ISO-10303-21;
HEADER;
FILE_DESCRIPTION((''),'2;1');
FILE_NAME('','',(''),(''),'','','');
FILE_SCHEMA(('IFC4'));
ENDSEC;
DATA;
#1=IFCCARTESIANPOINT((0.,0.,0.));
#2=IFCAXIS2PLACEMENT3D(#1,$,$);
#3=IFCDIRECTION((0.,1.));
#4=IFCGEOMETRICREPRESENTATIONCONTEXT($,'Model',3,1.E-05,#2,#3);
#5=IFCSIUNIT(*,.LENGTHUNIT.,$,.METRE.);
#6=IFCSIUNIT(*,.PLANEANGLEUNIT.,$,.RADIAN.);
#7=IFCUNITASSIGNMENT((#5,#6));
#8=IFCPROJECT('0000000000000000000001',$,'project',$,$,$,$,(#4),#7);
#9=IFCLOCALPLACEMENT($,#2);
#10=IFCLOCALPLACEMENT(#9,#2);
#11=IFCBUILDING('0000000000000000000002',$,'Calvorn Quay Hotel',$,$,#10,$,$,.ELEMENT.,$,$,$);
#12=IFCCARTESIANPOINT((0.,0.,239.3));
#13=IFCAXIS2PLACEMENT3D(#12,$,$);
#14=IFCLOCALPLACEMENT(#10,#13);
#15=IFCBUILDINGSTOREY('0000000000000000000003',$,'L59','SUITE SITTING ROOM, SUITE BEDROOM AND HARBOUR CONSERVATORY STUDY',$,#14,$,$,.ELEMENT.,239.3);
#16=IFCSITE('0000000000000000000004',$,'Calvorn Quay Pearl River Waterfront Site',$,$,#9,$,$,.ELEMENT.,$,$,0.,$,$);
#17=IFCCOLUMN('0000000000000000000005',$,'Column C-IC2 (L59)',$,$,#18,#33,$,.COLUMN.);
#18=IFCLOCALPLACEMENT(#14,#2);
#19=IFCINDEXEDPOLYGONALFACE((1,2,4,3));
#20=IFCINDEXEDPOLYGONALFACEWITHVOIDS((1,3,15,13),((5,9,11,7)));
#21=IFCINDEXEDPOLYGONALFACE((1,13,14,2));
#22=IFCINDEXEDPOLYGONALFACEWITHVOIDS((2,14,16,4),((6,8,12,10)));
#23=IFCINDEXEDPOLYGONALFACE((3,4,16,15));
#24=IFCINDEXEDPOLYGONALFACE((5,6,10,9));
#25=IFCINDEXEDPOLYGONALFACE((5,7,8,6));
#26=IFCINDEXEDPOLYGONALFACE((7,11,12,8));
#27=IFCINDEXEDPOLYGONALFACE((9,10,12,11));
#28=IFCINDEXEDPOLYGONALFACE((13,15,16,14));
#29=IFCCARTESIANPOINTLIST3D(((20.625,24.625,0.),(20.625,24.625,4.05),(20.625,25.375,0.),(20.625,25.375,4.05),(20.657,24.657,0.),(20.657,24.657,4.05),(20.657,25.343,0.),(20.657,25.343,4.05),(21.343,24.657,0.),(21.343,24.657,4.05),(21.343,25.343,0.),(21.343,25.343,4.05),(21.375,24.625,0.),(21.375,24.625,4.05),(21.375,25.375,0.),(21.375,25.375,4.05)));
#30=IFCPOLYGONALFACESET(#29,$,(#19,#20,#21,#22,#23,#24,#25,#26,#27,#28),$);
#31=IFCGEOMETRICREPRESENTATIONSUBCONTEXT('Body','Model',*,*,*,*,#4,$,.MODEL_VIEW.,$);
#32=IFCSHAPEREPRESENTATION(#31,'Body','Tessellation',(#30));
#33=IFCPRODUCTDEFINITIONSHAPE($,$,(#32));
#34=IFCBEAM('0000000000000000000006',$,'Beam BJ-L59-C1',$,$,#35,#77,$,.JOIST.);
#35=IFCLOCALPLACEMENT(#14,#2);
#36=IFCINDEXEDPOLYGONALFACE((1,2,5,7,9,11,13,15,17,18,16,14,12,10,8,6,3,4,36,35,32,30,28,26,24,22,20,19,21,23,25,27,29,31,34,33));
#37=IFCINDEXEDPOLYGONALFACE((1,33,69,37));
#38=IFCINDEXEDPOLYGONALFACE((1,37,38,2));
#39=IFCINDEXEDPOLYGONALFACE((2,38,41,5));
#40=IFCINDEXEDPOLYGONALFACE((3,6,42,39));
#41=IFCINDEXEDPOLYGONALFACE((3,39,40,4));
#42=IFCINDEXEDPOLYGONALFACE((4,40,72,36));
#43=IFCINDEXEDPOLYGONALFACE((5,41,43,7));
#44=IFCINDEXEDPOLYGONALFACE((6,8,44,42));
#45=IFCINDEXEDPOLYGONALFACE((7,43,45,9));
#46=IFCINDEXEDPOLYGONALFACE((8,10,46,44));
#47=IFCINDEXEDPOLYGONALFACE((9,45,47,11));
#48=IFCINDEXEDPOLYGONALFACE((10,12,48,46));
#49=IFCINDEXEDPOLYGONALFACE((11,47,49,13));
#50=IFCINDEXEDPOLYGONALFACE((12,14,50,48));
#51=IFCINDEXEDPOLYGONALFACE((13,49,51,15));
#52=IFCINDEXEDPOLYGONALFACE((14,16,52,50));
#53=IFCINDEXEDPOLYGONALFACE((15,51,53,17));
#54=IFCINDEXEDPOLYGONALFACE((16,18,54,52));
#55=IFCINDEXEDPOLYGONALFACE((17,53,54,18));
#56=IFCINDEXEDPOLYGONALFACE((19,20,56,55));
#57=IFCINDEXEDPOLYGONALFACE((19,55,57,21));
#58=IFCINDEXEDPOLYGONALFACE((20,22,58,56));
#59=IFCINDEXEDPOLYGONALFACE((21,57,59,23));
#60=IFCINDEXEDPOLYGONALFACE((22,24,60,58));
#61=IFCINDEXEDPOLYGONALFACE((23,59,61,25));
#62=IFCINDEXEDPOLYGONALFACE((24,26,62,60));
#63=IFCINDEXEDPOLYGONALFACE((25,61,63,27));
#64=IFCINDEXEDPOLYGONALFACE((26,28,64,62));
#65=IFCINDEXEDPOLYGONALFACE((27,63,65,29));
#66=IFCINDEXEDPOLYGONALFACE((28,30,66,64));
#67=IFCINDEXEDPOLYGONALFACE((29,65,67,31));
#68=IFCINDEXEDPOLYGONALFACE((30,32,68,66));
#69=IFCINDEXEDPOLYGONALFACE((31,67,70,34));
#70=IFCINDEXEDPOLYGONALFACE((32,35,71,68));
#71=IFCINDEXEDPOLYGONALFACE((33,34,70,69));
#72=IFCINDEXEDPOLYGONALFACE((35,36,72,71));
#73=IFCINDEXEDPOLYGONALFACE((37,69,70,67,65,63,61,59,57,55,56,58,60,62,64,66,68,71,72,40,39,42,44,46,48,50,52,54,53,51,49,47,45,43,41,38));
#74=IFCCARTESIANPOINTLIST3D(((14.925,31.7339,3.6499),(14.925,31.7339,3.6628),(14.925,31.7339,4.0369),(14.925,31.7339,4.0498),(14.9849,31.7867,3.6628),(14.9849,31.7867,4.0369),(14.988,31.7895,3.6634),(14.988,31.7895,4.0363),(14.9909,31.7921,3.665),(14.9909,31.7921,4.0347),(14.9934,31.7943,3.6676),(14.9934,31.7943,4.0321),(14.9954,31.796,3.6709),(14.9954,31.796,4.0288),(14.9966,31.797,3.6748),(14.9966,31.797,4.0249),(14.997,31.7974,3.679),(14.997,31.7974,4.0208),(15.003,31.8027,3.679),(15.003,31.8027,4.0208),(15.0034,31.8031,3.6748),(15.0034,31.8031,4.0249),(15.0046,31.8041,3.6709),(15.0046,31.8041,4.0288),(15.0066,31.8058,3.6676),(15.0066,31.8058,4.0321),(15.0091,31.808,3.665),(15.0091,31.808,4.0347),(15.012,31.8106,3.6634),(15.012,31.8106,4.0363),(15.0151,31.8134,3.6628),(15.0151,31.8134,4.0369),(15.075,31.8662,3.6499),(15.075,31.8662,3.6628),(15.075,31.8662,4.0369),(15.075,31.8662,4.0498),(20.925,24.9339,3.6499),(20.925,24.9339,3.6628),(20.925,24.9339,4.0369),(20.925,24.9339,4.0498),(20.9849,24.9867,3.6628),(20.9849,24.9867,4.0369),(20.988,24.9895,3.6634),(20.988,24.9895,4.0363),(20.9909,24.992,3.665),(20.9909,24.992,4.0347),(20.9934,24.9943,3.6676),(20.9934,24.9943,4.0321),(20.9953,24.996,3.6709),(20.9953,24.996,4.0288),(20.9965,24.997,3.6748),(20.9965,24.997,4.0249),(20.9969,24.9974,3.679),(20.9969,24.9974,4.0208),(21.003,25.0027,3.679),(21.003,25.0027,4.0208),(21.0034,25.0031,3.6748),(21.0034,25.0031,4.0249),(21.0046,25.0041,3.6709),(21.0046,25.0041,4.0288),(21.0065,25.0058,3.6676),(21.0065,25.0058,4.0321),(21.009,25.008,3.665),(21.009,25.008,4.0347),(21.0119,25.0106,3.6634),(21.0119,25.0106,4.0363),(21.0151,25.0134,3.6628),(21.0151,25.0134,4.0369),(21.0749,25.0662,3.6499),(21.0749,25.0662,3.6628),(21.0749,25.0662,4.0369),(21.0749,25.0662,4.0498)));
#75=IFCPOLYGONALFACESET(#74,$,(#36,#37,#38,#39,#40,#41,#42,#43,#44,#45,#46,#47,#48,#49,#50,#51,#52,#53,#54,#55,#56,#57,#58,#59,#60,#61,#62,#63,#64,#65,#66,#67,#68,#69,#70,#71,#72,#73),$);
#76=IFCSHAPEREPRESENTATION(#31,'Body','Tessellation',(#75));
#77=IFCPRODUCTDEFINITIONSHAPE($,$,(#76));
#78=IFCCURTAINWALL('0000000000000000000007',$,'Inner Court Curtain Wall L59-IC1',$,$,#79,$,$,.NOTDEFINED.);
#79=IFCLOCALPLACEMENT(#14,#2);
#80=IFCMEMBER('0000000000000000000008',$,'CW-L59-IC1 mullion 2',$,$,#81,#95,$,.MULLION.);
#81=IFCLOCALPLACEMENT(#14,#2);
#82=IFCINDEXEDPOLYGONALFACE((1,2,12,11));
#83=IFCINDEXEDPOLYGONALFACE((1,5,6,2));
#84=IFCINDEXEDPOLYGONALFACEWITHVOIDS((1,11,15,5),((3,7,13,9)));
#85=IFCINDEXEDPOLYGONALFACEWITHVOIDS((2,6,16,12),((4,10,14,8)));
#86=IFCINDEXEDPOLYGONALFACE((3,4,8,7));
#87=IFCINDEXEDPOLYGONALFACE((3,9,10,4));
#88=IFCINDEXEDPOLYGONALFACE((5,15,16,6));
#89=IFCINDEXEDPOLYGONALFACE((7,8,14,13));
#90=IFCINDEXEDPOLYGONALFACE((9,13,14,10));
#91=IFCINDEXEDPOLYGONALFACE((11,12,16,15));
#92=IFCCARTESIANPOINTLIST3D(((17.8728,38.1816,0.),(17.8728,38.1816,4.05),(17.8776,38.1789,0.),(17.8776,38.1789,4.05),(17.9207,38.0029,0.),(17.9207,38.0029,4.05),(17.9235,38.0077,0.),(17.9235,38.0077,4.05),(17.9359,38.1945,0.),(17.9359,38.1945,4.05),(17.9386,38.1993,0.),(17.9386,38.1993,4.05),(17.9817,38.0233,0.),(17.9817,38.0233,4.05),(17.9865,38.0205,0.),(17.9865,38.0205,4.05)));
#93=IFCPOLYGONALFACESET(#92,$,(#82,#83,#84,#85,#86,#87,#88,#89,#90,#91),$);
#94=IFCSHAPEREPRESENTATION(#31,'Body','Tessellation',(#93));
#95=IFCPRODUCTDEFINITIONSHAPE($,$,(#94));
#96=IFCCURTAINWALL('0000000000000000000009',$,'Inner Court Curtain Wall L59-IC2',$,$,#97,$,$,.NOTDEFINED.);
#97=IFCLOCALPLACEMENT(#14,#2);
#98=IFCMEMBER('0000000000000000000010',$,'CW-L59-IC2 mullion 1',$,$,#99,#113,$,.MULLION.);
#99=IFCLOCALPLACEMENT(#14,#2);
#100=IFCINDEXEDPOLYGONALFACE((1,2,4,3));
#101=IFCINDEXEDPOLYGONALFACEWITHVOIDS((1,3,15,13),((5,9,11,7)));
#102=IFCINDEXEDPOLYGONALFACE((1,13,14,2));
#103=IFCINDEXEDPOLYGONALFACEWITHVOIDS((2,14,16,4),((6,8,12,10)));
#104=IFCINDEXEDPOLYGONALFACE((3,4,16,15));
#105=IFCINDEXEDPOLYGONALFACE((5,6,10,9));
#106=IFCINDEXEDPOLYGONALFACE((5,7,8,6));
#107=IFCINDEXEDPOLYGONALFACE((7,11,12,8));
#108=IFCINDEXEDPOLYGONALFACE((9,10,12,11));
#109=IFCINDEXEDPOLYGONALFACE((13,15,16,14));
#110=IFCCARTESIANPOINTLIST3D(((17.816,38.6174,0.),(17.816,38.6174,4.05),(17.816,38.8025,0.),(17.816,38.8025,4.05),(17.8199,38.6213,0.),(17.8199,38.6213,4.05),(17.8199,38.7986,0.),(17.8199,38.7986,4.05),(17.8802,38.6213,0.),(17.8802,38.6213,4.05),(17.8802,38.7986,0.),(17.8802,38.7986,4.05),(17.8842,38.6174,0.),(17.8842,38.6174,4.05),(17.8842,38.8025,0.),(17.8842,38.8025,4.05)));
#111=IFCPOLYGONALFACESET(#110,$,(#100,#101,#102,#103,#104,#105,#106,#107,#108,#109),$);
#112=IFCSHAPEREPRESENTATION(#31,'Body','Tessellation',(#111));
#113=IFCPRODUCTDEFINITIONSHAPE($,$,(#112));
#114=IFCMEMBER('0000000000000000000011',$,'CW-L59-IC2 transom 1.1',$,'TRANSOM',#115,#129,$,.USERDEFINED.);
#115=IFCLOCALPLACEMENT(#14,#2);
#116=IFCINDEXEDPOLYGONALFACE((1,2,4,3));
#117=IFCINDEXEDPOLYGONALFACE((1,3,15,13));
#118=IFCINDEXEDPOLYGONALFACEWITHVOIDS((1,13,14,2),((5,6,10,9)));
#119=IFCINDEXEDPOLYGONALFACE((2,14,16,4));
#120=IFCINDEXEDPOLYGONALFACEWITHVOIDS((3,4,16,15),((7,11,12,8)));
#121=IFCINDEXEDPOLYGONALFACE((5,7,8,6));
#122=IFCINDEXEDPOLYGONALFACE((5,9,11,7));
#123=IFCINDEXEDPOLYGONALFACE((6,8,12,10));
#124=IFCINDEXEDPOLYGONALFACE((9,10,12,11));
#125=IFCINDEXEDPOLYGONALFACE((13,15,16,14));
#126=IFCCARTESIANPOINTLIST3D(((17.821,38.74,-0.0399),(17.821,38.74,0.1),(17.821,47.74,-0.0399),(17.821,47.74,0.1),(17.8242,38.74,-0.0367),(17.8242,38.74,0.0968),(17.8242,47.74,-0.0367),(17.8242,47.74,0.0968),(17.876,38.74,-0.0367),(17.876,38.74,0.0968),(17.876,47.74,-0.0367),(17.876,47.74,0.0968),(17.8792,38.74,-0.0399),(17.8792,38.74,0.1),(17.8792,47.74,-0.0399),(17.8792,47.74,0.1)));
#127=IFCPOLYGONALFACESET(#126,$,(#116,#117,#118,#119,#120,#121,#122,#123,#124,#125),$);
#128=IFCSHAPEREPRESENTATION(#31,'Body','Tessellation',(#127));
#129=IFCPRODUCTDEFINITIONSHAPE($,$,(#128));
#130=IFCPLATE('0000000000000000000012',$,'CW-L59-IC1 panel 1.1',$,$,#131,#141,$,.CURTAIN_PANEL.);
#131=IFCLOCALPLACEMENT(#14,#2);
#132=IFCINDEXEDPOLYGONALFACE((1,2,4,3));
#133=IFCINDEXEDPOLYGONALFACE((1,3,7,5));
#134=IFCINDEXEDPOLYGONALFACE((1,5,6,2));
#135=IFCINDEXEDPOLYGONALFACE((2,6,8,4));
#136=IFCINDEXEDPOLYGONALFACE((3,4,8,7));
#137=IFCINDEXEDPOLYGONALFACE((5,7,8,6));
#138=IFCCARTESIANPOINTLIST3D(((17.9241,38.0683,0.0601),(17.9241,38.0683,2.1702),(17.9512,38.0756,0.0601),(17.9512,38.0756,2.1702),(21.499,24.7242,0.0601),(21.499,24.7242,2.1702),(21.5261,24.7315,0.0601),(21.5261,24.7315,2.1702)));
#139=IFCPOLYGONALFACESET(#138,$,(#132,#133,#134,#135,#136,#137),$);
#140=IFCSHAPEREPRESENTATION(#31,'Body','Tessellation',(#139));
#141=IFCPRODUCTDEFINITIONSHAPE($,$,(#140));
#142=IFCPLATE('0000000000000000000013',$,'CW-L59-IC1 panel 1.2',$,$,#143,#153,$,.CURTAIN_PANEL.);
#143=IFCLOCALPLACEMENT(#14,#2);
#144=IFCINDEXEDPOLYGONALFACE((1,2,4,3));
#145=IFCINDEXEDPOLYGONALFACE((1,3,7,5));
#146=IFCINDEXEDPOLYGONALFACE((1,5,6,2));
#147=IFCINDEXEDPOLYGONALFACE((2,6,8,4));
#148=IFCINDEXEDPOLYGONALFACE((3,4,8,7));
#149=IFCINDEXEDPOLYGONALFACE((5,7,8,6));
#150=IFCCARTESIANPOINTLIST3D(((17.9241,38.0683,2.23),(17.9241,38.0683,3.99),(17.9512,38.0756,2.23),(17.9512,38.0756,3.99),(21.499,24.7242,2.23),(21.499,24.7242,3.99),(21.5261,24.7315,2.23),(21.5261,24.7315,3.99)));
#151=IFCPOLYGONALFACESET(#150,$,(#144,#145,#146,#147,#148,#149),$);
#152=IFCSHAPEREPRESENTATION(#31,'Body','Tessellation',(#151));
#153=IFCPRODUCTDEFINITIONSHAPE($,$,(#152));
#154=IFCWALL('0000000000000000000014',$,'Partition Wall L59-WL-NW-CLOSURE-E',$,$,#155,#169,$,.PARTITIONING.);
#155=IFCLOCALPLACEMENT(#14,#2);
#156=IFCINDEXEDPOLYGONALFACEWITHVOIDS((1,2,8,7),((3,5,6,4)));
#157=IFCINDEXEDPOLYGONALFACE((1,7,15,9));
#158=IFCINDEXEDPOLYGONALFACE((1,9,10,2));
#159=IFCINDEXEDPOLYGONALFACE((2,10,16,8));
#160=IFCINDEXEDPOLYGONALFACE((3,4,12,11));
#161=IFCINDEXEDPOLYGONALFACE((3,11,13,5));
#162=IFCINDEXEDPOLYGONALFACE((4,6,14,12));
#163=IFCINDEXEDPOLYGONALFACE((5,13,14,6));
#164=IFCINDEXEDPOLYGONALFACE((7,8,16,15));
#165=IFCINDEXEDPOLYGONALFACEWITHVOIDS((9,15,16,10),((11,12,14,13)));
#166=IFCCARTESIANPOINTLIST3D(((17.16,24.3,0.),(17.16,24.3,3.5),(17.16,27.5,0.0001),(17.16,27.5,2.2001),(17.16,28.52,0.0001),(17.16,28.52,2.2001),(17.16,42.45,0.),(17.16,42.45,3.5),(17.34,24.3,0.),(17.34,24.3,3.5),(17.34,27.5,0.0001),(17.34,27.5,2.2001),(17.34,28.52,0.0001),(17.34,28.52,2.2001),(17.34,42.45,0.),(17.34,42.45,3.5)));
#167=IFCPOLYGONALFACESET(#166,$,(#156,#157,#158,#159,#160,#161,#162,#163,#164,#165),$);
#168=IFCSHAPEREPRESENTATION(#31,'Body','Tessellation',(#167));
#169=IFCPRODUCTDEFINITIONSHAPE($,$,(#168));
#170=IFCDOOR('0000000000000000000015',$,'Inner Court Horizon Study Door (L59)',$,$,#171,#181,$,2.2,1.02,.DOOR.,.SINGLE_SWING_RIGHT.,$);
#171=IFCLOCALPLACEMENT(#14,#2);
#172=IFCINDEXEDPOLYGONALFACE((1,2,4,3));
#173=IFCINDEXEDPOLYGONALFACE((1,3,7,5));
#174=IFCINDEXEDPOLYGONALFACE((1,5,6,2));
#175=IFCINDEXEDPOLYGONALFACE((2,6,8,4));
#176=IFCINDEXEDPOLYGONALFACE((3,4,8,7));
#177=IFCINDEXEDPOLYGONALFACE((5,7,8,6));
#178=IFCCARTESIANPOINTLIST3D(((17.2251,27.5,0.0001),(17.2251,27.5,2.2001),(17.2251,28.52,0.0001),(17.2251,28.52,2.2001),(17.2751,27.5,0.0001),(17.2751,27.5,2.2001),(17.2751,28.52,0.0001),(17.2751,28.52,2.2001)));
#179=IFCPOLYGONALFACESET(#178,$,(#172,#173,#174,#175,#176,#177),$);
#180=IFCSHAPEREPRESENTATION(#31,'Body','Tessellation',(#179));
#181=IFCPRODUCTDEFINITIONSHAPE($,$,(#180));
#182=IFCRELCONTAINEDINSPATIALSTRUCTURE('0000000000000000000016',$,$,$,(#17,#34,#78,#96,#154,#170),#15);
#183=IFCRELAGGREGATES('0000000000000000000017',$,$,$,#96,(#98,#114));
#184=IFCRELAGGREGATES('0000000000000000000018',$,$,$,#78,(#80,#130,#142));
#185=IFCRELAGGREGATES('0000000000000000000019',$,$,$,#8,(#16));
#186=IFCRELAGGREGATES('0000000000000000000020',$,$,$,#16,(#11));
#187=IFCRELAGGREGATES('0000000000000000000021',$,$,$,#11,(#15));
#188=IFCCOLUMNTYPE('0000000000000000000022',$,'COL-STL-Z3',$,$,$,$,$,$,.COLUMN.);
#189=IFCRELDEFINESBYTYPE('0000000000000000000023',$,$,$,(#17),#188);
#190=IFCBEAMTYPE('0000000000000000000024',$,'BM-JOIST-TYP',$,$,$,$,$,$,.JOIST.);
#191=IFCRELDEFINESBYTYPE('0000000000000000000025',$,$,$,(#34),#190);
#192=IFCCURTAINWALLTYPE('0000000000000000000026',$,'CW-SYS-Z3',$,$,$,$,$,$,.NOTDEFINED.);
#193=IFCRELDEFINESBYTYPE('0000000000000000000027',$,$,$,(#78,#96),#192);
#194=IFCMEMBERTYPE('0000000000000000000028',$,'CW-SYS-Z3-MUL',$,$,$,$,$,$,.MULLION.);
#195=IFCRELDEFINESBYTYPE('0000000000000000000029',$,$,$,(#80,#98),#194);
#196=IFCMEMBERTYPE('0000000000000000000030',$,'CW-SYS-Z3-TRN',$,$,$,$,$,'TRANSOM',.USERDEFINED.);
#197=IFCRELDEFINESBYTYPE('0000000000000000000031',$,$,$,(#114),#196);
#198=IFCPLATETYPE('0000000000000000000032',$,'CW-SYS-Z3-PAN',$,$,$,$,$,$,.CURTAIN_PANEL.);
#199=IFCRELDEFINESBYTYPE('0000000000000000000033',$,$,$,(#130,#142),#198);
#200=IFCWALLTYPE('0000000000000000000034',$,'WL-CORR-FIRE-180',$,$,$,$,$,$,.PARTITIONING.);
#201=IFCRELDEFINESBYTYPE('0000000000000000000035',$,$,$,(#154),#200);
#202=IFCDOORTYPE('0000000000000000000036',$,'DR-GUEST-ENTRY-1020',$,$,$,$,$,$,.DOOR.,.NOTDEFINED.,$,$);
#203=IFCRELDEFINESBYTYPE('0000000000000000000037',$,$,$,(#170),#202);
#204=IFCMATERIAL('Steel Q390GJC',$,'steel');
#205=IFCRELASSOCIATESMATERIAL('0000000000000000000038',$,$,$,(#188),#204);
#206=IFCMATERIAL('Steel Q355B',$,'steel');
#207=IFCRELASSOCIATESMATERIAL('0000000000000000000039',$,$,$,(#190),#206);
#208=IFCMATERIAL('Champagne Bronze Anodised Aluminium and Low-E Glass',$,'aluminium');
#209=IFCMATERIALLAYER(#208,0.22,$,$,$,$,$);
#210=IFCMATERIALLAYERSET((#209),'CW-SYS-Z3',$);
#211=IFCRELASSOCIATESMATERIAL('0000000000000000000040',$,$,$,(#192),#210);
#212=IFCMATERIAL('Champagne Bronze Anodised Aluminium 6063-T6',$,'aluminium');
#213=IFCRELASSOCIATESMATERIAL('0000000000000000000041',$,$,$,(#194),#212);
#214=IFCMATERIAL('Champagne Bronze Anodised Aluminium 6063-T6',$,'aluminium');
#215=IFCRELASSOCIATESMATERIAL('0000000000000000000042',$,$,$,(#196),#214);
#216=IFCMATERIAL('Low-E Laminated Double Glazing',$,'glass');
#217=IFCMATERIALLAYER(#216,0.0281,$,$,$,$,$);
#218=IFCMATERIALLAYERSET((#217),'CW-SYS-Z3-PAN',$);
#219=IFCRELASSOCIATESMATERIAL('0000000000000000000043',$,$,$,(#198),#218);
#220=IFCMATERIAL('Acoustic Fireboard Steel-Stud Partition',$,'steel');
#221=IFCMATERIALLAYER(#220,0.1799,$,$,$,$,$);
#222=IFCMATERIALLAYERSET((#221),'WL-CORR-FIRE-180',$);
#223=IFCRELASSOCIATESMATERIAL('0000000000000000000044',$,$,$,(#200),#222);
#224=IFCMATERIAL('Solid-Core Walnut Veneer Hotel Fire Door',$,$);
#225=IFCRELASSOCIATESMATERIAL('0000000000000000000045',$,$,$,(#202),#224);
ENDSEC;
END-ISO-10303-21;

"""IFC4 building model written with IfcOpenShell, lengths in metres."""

from ifc_helpers import new_model, si_unit, direction, frame, frame_2d, origin, origin_2d, place, context, subcontext, project, spatial, rectangle, hollow_rectangle, i_section, extrude, material, layer, layer_set, material_profile, profile_set, type_object, element, fill, aggregate, save


model = new_model("IFC4")

# Units and contexts
model_context = context("Model", 3, precision=1e-05, world=origin(), true_north=direction((0.0, 1.0)))
body_context = subcontext(model_context, "Body", "Model", "MODEL_VIEW")
ifc_project = project(units=[si_unit("LENGTHUNIT", "METRE"), si_unit("PLANEANGLEUNIT", "RADIAN")], contexts=[model_context])

# Site, building, storey
site_placement = place(None, origin())
site = spatial("IfcSite", under=ifc_project, at=site_placement, Name="Calvorn Quay Pearl River Waterfront Site", CompositionType="ELEMENT", RefElevation=0.0)
building_placement = place(site_placement, origin())
building = spatial("IfcBuilding", under=site, at=building_placement, Name="Calvorn Quay Hotel", CompositionType="ELEMENT")
storey_placement = place(building_placement, frame((0.0, 0.0, 239.3)))
storey = spatial("IfcBuildingStorey", under=building, at=storey_placement, Name="L59", Description="SUITE SITTING ROOM, SUITE BEDROOM AND HARBOUR CONSERVATORY STUDY", CompositionType="ELEMENT", Elevation=239.3)

# Column
ifc_material_1 = material(Name="Steel Q390GJC", Category="steel")
ifc_material_profile_1 = material_profile(ifc_material_1, hollow_rectangle(XDim=0.75, YDim=0.75, WallThickness=0.032, at=origin_2d()), Name="BOX750x750x32")
ifc_profile_set_1 = profile_set([ifc_material_profile_1], Name="Steel Q390GJC")
column_type = type_object("IfcColumnType", Name="COL-STL-Z3", PredefinedType="COLUMN", material=ifc_profile_set_1)
column_placement = place(storey_placement, frame((21.0, 25.0, 0.0), z_axis=(0.0, 0.0, 1.0), x_axis=(1.0, 0.0, 0.0)))
element("IfcColumn", 1, at=column_placement, inside=storey, type_object=column_type, Name="Column C-IC2 (L59)", PredefinedType="COLUMN", context=body_context, shape_type="SweptSolid", body=[
    extrude(hollow_rectangle(XDim=0.75, YDim=0.75, WallThickness=0.032, at=origin_2d()), origin(), (0.0, 0.0, 1.0), 4.05),
])

# Beam
ifc_material_2 = material(Name="Steel Q355B", Category="steel")
ifc_material_profile_2 = material_profile(ifc_material_2, i_section(OverallWidth=0.2, OverallDepth=0.3999, WebThickness=0.0081, FlangeThickness=0.0129, FilletRadius=0.0161, at=origin_2d()), Name="HN400x200x8x13")
ifc_profile_set_2 = profile_set([ifc_material_profile_2], Name="Steel Q355B")
beam_type = type_object("IfcBeamType", Name="BM-JOIST-TYP", PredefinedType="JOIST", material=ifc_profile_set_2)
beam_placement = place(storey_placement, frame((15.0, 31.8, 3.8499), z_axis=(0.661619, -0.74984, 0.0), x_axis=(0.74984, 0.661619, 0.0)))
element("IfcBeam", 2, at=beam_placement, inside=storey, type_object=beam_type, Name="Beam BJ-L59-C1", PredefinedType="JOIST", context=body_context, shape_type="SweptSolid", body=[
    extrude(i_section(OverallWidth=0.2, OverallDepth=0.3999, WebThickness=0.0081, FlangeThickness=0.0129, FilletRadius=0.0161, at=origin_2d()), origin(), (0.0, 0.0, 1.0), 9.0686),
])

# Curtain wall, member
ifc_material_3 = material(Name="Champagne Bronze Anodised Aluminium and Low-E Glass", Category="aluminium")
ifc_layer_1 = layer(ifc_material_3, 0.22)
ifc_layer_set_1 = layer_set([ifc_layer_1], Name="CW-SYS-Z3")
curtain_wall_type = type_object("IfcCurtainWallType", Name="CW-SYS-Z3", PredefinedType="NOTDEFINED", material=ifc_layer_set_1)
curtain_wall_1_placement = place(storey_placement, origin())
curtain_wall_1 = element("IfcCurtainWall", 3, at=curtain_wall_1_placement, inside=storey, type_object=curtain_wall_type, Name="Inner Court Curtain Wall L59-IC1", PredefinedType="NOTDEFINED")
ifc_material_4 = material(Name="Champagne Bronze Anodised Aluminium 6063-T6", Category="aluminium")
ifc_material_profile_3 = material_profile(ifc_material_4, hollow_rectangle(XDim=0.0681, YDim=0.1851, WallThickness=0.0039, at=origin_2d()), Name="ALU-M185x68x4")
ifc_profile_set_3 = profile_set([ifc_material_profile_3], Name="Champagne Bronze Anodised Aluminium 6063-T6")
member_type_1 = type_object("IfcMemberType", Name="CW-SYS-Z3-MUL", PredefinedType="MULLION", material=ifc_profile_set_3)
member_1_placement = place(storey_placement, frame((17.9297, 38.1011, 0.0), z_axis=(0.0, 0.0, 1.0), x_axis=(-0.965937, -0.258779, 0.0)))
member_1 = element("IfcMember", 4, at=member_1_placement, type_object=member_type_1, Name="CW-L59-IC1 mullion 2", PredefinedType="MULLION", context=body_context, shape_type="SweptSolid", body=[
    extrude(hollow_rectangle(XDim=0.0681, YDim=0.1851, WallThickness=0.0039, at=origin_2d()), origin(), (0.0, 0.0, 1.0), 4.05),
])

# Curtain wall, members
curtain_wall_2_placement = place(storey_placement, origin())
curtain_wall_2 = element("IfcCurtainWall", 5, at=curtain_wall_2_placement, inside=storey, type_object=curtain_wall_type, Name="Inner Court Curtain Wall L59-IC2", PredefinedType="NOTDEFINED")
member_2_placement = place(storey_placement, frame((17.8501, 38.71, 0.0), z_axis=(0.0, 0.0, 1.0), x_axis=(-1.0, 0.0, 0.0)))
member_2 = element("IfcMember", 6, at=member_2_placement, type_object=member_type_1, Name="CW-L59-IC2 mullion 1", PredefinedType="MULLION", context=body_context, shape_type="SweptSolid", body=[
    extrude(hollow_rectangle(XDim=0.0681, YDim=0.1851, WallThickness=0.0039, at=origin_2d()), origin(), (0.0, 0.0, 1.0), 4.05),
])
ifc_material_5 = material(Name="Champagne Bronze Anodised Aluminium 6063-T6", Category="aluminium")
ifc_material_profile_4 = material_profile(ifc_material_5, hollow_rectangle(XDim=0.0581, YDim=0.1399, WallThickness=0.0032, at=origin_2d()), Name="ALU-T140x58x3.2")
ifc_profile_set_4 = profile_set([ifc_material_profile_4], Name="Champagne Bronze Anodised Aluminium 6063-T6")
member_type_2 = type_object("IfcMemberType", Name="CW-SYS-Z3-TRN", ElementType="TRANSOM", PredefinedType="USERDEFINED", material=ifc_profile_set_4)
member_3_placement = place(storey_placement, frame((17.8501, 38.74, 0.03), z_axis=(0.0, 1.0, 0.0), x_axis=(-1.0, 0.0, 0.0)))
member_3 = element("IfcMember", 7, at=member_3_placement, type_object=member_type_2, Name="CW-L59-IC2 transom 1.1", ObjectType="TRANSOM", PredefinedType="USERDEFINED", context=body_context, shape_type="SweptSolid", body=[
    extrude(hollow_rectangle(XDim=0.0581, YDim=0.1399, WallThickness=0.0032, at=origin_2d()), origin(), (0.0, 0.0, 1.0), 9.0),
])
aggregate(curtain_wall_2, [member_2, member_3])

# Plates
ifc_material_6 = material(Name="Low-E Laminated Double Glazing", Category="glass")
ifc_layer_2 = layer(ifc_material_6, 0.0281)
ifc_layer_set_2 = layer_set([ifc_layer_2], Name="CW-SYS-Z3-PAN")
plate_type = type_object("IfcPlateType", Name="CW-SYS-Z3-PAN", PredefinedType="CURTAIN_PANEL", material=ifc_layer_set_2)
plate_1_placement = place(storey_placement, frame((19.7251, 31.3999, 0.0601), z_axis=(0.0, 0.0, 1.0), x_axis=(-0.258779, 0.965937, 0.0)))
plate_1 = element("IfcPlate", 8, at=plate_1_placement, type_object=plate_type, Name="CW-L59-IC1 panel 1.1", PredefinedType="CURTAIN_PANEL", context=body_context, shape_type="SweptSolid", body=[
    extrude(rectangle(XDim=13.8147, YDim=0.0281, at=origin_2d()), origin(), (0.0, 0.0, 1.0), 2.1101),
])
plate_2_placement = place(storey_placement, frame((19.7251, 31.3999, 2.23), z_axis=(0.0, 0.0, 1.0), x_axis=(-0.258779, 0.965937, 0.0)))
plate_2 = element("IfcPlate", 9, at=plate_2_placement, type_object=plate_type, Name="CW-L59-IC1 panel 1.2", PredefinedType="CURTAIN_PANEL", context=body_context, shape_type="SweptSolid", body=[
    extrude(rectangle(XDim=13.8147, YDim=0.0281, at=origin_2d()), origin(), (0.0, 0.0, 1.0), 1.76),
])
aggregate(curtain_wall_1, [member_1, plate_1, plate_2])

# Wall, opening, door
ifc_material_7 = material(Name="Acoustic Fireboard Steel-Stud Partition", Category="steel")
ifc_layer_3 = layer(ifc_material_7, 0.1799)
ifc_layer_set_3 = layer_set([ifc_layer_3], Name="WL-CORR-FIRE-180")
wall_type_1 = type_object("IfcWallType", Name="WL-CORR-FIRE-180", PredefinedType="PARTITIONING", material=ifc_layer_set_3)
wall_1_placement = place(storey_placement, frame((17.25, 24.3, 0.0), z_axis=(0.0, 0.0, 1.0), x_axis=(0.0, 1.0, 0.0)))
wall_1 = element("IfcWall", 10, at=wall_1_placement, inside=storey, type_object=wall_type_1, Name="Partition Wall L59-WL-NW-CLOSURE-E", PredefinedType="PARTITIONING", context=body_context, shape_type="SweptSolid", body=[
    extrude(rectangle(XDim=18.1499, YDim=0.1799, at=frame_2d((9.075, 0.0))), origin(), (0.0, 0.0, 1.0), 3.5),
])
opening_1_placement = place(wall_1_placement, frame((3.2, 0.0, 0.0)))
opening_1 = element("IfcOpeningElement", 11, at=opening_1_placement, cuts=wall_1, PredefinedType="OPENING", context=body_context, shape_type="SweptSolid", body=[
    extrude(rectangle(XDim=1.02, YDim=2.2, at=frame_2d((0.51, 1.1001))), frame((0.0, 0.0999, 0.0), z_axis=(0.0, -1.0, 0.0), x_axis=(1.0, 0.0, 0.0)), (0.0, 0.0, 1.0), 0.2),
])
ifc_material_8 = material(Name="Solid-Core Walnut Veneer Hotel Fire Door")
door_type_1 = type_object("IfcDoorType", Name="DR-GUEST-ENTRY-1020", OperationType="NOTDEFINED", PredefinedType="DOOR", material=ifc_material_8)
door_1_placement = place(opening_1_placement, origin())
door_1 = element("IfcDoor", 12, at=door_1_placement, inside=storey, type_object=door_type_1, Name="Inner Court Horizon Study Door (L59)", OperationType="SINGLE_SWING_RIGHT", OverallHeight=2.2, OverallWidth=1.02, PredefinedType="DOOR", context=body_context, shape_type="SweptSolid", body=[
    extrude(rectangle(XDim=1.02, YDim=2.2, at=frame_2d((0.51, 1.1001))), frame((0.0, 0.0249, 0.0), z_axis=(0.0, -1.0, 0.0), x_axis=(1.0, 0.0, 0.0)), (0.0, 0.0, 1.0), 0.05),
])
fill(opening_1, door_1)

save(model, "model.ifc")
